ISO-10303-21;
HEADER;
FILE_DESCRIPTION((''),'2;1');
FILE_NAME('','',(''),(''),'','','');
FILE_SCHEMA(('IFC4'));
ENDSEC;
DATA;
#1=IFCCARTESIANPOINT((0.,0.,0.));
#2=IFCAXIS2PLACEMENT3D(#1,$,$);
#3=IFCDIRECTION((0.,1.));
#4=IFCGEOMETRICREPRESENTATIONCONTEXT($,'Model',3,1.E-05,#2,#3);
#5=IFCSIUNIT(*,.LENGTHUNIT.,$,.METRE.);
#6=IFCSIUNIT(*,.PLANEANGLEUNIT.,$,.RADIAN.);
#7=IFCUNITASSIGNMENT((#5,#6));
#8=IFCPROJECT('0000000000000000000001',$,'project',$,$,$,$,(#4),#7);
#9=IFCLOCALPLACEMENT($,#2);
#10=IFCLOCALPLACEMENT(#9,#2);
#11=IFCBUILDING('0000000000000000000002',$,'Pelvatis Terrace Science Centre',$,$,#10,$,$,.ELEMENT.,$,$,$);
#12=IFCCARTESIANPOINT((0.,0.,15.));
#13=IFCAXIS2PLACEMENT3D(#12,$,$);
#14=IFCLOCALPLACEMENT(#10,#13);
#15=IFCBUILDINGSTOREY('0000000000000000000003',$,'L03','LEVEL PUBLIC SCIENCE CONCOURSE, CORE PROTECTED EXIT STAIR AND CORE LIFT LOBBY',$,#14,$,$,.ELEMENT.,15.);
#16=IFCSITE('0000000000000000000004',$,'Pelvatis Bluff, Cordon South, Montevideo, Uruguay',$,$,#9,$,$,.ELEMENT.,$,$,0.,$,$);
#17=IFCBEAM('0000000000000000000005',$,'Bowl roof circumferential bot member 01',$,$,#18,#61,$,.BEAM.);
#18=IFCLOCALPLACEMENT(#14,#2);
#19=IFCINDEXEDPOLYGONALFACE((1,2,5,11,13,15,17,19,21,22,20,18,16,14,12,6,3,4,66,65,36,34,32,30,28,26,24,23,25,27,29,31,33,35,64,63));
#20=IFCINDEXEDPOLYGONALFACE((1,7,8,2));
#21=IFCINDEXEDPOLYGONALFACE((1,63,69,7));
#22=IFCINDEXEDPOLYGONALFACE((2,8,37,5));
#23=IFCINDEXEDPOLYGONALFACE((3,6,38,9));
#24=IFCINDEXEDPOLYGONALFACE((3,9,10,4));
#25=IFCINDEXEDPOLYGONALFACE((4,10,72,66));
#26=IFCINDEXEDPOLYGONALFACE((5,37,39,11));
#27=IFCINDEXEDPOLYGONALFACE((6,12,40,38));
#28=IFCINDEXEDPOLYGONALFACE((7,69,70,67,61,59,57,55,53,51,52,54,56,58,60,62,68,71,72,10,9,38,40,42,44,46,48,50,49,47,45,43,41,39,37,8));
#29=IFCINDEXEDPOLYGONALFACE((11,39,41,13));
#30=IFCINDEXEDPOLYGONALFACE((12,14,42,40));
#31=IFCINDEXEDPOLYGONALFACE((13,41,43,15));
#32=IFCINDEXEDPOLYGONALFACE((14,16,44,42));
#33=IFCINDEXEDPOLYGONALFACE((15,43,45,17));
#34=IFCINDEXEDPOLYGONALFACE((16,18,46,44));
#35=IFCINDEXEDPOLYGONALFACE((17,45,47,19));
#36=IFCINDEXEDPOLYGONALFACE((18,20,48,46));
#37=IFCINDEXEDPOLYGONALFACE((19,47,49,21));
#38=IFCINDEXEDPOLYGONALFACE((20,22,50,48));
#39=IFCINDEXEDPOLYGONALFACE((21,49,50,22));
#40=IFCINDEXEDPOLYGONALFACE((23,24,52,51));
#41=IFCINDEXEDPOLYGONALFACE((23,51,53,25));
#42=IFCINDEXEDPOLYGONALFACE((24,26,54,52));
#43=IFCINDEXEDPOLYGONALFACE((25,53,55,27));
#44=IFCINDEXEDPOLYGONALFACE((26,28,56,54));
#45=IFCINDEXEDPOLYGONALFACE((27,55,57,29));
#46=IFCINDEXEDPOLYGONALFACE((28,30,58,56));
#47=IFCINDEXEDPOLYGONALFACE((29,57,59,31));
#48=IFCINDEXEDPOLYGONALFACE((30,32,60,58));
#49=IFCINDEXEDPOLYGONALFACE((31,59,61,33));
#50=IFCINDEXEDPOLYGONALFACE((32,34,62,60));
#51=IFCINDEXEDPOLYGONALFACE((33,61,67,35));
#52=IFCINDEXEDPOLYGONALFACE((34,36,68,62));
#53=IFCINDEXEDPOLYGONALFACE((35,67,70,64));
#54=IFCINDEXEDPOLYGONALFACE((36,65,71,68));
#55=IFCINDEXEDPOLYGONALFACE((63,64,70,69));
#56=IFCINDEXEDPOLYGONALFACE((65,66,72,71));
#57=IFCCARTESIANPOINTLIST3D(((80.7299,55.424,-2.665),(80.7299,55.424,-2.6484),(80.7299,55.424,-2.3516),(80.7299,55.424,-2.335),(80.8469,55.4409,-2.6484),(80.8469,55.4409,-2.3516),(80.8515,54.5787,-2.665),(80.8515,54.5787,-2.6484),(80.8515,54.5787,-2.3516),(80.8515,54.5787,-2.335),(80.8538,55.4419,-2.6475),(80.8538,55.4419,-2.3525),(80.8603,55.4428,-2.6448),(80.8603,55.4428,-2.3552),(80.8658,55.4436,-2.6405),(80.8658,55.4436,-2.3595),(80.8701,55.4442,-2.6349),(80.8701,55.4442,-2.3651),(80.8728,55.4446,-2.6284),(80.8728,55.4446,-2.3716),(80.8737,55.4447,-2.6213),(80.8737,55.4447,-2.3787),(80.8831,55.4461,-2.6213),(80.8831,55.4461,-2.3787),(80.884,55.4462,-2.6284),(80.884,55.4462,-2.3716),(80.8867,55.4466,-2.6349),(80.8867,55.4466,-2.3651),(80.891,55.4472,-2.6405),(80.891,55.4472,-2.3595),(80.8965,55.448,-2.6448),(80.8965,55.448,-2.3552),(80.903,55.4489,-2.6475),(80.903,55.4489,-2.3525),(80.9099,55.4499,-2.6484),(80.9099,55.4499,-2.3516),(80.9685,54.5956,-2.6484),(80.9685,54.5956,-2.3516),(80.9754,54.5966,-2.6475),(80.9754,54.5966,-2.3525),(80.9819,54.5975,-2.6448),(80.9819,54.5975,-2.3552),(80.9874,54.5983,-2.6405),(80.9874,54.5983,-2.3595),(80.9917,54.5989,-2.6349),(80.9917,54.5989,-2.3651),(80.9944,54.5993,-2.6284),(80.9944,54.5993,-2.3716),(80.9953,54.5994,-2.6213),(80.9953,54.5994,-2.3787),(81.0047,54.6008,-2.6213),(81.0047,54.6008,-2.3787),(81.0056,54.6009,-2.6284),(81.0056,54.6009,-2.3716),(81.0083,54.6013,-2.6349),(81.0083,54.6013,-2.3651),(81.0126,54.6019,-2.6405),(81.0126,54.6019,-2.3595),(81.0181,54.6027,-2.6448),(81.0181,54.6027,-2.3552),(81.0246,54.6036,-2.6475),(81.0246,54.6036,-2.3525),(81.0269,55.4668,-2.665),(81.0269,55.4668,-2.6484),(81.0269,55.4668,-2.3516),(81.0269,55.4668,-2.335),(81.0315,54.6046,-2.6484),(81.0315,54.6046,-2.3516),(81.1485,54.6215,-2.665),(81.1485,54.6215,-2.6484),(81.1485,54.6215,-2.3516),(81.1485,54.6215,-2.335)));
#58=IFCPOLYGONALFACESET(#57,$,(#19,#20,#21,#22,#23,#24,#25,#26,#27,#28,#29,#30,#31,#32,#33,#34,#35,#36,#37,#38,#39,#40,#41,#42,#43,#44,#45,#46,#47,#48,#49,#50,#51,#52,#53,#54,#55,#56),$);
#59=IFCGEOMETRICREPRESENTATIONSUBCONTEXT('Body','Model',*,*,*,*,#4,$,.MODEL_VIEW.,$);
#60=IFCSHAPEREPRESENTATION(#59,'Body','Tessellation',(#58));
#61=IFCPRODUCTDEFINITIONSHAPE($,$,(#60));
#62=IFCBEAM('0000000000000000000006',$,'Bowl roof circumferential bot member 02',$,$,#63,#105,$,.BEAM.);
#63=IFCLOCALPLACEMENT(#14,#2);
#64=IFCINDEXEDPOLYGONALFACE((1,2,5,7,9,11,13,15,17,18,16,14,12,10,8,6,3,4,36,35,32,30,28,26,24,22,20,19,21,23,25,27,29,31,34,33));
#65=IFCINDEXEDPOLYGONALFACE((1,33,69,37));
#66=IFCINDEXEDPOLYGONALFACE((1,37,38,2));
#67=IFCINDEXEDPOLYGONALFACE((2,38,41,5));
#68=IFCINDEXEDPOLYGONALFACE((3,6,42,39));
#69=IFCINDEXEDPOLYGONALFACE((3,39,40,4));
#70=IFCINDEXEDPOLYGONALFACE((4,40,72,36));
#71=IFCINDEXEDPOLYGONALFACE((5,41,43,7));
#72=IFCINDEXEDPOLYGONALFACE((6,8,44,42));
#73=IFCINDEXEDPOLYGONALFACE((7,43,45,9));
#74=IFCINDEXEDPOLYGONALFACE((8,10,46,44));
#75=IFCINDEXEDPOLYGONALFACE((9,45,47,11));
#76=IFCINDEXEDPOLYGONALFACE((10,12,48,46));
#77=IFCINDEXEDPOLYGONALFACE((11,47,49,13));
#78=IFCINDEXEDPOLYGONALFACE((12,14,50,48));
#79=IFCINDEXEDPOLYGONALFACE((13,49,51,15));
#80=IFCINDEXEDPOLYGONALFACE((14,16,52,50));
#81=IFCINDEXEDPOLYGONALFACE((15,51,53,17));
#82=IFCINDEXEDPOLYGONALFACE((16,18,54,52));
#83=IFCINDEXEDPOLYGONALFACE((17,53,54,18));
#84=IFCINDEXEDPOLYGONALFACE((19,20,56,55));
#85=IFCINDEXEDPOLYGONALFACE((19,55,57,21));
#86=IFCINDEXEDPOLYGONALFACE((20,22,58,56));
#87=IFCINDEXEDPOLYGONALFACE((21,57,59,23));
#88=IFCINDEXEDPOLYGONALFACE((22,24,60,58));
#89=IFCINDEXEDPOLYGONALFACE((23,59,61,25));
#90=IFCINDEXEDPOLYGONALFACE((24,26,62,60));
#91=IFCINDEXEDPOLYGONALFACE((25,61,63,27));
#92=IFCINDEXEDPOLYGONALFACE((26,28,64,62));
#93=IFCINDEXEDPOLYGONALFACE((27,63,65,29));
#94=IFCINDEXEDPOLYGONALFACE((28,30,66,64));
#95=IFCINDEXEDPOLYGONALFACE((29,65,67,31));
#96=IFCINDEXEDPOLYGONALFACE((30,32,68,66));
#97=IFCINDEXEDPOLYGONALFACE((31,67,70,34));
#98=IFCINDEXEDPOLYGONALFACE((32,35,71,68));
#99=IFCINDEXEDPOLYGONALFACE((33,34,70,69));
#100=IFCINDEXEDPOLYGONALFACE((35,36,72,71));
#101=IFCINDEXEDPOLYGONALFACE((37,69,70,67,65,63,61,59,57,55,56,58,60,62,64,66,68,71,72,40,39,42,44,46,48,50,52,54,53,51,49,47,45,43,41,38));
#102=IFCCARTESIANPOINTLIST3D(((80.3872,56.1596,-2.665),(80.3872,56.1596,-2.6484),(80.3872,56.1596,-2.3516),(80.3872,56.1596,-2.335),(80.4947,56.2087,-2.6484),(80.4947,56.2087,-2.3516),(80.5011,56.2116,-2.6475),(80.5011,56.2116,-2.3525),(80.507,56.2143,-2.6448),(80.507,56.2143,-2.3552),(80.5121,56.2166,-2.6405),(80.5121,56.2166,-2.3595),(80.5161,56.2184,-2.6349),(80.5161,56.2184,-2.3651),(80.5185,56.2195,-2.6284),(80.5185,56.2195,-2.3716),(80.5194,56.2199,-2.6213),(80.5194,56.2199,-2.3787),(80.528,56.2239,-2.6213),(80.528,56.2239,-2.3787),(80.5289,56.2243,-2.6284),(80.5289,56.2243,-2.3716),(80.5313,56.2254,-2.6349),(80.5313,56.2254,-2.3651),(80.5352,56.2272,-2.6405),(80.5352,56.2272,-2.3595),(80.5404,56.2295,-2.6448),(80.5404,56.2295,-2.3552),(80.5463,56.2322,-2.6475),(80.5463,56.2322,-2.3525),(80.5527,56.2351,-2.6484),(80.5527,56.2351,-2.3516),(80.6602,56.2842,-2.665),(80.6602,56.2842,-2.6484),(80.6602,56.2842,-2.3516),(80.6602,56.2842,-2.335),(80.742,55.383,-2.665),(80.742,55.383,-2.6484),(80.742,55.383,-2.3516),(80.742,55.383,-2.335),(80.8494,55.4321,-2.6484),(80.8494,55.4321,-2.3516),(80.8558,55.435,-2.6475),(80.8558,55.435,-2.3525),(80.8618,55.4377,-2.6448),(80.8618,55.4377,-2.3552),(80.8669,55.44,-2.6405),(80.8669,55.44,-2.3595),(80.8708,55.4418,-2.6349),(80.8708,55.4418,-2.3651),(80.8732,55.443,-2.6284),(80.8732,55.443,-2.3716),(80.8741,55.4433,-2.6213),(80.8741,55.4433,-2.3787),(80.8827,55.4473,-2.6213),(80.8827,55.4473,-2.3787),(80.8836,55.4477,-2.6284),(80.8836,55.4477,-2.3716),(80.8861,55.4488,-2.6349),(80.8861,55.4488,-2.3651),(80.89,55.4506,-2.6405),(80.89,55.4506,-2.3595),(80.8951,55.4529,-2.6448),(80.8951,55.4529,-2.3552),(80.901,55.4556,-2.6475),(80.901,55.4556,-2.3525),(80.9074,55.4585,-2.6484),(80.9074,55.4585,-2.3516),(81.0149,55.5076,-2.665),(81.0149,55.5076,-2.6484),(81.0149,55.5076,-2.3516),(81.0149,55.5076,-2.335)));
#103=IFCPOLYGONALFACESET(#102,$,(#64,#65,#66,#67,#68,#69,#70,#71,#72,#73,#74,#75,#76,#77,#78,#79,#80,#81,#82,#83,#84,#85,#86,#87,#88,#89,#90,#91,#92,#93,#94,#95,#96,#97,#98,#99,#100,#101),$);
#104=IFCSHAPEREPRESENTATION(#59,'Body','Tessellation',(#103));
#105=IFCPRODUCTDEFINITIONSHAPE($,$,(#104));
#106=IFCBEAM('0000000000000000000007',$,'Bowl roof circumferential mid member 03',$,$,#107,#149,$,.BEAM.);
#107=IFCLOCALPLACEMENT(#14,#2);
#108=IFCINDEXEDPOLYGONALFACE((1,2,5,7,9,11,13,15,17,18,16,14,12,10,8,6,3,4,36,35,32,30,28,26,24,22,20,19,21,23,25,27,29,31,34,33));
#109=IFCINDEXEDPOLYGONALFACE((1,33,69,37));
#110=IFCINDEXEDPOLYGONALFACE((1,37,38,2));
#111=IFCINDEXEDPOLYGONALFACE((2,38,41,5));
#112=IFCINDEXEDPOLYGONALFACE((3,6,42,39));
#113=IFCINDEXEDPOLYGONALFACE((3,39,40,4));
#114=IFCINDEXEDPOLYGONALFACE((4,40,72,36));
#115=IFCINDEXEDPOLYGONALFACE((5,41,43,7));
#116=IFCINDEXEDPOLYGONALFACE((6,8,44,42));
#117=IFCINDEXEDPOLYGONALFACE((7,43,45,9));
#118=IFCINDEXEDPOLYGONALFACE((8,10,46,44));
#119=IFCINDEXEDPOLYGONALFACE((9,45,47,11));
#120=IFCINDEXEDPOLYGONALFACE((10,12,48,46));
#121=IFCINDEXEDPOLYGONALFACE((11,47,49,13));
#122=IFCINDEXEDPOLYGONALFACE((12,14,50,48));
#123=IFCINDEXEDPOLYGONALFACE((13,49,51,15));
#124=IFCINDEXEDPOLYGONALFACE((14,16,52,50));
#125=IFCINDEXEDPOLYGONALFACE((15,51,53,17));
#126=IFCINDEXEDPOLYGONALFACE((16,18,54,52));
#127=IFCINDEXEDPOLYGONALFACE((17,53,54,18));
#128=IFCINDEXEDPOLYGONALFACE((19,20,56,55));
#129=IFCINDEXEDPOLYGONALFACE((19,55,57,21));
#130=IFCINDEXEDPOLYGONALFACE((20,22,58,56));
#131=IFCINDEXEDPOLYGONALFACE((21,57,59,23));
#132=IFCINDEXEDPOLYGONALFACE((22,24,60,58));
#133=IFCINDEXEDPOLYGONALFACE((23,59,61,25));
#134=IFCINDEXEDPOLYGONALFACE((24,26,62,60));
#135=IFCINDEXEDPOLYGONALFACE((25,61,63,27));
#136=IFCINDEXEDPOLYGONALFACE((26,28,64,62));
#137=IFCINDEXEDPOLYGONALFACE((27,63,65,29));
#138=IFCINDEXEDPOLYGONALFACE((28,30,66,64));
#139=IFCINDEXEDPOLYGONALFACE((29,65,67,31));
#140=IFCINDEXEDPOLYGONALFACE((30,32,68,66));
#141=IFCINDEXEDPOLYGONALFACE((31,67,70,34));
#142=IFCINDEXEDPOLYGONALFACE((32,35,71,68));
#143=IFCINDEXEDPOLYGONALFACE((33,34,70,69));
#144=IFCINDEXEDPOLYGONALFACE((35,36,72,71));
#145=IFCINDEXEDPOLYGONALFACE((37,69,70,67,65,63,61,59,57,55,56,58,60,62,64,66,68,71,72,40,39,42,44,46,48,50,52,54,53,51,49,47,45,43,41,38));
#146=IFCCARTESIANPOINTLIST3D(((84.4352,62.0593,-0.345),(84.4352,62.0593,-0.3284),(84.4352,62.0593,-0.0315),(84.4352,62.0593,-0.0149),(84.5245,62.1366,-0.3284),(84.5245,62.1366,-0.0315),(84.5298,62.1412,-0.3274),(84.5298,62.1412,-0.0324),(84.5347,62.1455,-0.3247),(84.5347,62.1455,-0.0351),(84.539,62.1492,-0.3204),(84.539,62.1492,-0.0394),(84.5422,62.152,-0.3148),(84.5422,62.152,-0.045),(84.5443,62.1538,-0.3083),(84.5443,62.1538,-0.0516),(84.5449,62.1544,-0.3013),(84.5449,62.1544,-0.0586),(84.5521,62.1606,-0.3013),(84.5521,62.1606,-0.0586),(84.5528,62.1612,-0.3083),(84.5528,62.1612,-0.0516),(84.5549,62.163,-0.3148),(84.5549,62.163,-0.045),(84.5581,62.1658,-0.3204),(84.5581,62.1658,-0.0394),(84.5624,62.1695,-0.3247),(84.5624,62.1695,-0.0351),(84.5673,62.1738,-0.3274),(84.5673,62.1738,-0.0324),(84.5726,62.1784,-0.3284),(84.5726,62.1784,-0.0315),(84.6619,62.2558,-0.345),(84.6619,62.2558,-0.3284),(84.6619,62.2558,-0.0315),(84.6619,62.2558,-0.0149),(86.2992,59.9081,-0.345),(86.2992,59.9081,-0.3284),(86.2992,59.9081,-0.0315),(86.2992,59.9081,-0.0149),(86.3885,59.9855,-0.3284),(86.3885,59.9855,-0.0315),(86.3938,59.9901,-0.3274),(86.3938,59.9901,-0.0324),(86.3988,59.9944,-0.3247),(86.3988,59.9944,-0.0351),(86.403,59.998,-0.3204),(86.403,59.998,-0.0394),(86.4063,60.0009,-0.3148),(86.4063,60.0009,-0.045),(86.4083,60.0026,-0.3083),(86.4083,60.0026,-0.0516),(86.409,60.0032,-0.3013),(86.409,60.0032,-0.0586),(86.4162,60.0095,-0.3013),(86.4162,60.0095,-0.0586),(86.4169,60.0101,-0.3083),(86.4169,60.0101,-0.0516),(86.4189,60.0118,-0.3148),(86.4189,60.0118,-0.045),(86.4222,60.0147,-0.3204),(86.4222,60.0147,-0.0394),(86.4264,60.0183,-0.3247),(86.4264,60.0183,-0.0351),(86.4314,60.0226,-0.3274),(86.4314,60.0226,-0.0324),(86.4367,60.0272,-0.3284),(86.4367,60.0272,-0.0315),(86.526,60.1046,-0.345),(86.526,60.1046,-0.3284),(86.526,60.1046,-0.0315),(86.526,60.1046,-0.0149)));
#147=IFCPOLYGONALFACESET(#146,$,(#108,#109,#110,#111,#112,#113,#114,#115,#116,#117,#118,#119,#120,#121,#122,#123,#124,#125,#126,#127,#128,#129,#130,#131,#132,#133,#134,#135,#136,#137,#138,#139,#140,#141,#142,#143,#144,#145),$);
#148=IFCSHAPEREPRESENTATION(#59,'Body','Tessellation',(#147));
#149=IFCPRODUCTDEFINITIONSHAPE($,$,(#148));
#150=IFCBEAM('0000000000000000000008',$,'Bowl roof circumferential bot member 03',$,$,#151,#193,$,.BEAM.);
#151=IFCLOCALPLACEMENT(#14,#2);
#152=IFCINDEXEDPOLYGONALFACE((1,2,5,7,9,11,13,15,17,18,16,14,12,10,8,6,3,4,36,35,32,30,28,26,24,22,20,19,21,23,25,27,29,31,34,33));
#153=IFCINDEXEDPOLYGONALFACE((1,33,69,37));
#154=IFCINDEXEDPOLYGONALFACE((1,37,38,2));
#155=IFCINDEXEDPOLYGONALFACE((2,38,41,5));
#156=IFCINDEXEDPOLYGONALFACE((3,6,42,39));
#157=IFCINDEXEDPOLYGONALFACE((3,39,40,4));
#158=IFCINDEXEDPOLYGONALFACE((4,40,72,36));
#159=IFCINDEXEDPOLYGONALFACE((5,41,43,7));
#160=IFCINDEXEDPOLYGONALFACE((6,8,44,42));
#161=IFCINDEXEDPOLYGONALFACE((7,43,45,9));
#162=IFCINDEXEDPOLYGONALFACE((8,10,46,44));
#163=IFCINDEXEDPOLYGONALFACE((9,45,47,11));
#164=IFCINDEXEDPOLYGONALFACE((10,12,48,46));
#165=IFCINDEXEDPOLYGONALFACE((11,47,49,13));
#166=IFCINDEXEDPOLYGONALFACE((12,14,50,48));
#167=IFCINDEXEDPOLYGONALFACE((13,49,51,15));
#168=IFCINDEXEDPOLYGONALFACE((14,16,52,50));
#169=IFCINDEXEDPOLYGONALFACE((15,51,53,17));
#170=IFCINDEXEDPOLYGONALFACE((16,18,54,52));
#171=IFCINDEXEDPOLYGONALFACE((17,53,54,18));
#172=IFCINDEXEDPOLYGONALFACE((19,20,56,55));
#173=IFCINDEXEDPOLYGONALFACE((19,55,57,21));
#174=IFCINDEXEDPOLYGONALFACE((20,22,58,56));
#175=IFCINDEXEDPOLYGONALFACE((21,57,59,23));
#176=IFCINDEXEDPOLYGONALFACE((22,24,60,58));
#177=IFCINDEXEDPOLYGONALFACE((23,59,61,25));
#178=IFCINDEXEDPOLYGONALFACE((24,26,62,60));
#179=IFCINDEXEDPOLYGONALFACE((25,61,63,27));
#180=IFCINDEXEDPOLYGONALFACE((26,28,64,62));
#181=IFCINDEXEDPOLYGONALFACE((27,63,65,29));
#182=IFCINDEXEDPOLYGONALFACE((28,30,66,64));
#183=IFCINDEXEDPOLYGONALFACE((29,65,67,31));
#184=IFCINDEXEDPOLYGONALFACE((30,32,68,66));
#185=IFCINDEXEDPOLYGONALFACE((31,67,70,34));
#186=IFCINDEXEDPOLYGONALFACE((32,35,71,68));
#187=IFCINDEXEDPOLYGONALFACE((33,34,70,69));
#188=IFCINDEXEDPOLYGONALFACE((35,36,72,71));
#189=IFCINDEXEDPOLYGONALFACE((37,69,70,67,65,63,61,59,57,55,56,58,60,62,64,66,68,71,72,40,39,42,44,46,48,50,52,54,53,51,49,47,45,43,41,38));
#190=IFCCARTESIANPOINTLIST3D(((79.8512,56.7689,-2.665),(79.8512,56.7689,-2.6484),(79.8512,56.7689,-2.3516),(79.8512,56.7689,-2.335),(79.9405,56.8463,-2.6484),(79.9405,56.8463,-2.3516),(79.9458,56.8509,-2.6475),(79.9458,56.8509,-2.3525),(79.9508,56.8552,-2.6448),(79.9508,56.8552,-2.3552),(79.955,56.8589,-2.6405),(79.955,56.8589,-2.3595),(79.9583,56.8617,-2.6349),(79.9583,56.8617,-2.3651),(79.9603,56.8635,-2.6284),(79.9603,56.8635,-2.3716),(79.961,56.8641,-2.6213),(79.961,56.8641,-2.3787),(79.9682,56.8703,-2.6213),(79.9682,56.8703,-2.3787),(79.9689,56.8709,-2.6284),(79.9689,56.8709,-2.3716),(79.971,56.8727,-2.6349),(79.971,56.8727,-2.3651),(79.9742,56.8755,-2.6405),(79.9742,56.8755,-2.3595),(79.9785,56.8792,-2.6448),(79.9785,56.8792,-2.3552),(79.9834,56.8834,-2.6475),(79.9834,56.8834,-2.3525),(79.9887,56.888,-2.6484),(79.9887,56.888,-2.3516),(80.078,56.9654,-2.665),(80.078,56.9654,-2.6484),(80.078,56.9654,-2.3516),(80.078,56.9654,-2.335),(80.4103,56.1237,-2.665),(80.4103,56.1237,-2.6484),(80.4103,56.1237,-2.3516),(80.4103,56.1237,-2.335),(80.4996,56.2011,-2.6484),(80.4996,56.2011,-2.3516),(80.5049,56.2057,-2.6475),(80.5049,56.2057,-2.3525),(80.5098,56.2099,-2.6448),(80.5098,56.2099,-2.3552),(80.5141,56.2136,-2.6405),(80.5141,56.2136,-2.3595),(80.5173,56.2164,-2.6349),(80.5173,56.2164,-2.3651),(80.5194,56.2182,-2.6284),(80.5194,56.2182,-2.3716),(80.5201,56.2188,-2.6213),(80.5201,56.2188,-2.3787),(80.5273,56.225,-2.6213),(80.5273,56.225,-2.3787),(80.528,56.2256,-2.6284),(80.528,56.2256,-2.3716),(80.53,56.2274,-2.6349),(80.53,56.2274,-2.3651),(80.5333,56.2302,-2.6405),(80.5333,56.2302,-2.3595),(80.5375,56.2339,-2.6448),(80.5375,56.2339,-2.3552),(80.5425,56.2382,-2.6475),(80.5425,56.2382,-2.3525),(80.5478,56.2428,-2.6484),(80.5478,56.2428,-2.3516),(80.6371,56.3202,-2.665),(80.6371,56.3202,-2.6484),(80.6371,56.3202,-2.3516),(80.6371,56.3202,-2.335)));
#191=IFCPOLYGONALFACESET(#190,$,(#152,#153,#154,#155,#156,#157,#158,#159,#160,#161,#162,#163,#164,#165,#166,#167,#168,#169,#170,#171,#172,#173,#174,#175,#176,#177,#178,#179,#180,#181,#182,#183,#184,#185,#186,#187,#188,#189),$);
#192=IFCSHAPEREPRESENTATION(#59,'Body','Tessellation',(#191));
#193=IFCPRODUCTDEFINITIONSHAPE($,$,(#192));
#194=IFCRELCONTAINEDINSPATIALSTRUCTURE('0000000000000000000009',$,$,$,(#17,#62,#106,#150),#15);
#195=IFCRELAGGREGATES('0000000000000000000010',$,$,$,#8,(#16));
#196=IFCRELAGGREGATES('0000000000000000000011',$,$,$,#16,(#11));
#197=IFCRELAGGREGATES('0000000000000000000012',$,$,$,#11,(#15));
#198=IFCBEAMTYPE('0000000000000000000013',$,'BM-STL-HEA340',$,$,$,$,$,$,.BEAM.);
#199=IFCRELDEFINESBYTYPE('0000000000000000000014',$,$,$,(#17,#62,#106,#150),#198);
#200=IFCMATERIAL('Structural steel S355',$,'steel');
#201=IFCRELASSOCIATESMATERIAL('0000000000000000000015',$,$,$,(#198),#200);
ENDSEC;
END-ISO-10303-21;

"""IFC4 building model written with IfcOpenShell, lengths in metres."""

from ifc_helpers import new_model, si_unit, direction, frame, origin, origin_2d, place, context, subcontext, project, spatial, i_section, extrude, material, material_profile, profile_set, type_object, element, save


model = new_model("IFC4")

# Units and contexts
model_context = context("Model", 3, precision=1e-05, world=origin(), true_north=direction((0.0, 1.0)))
body_context = subcontext(model_context, "Body", "Model", "MODEL_VIEW")
ifc_project = project(units=[si_unit("LENGTHUNIT", "METRE"), si_unit("PLANEANGLEUNIT", "RADIAN")], contexts=[model_context])

# Site, building, storey
site_placement = place(None, origin())
site = spatial("IfcSite", under=ifc_project, at=site_placement, Name="Pelvatis Bluff, Cordon South, Montevideo, Uruguay", CompositionType="ELEMENT", RefElevation=0.0)
building_placement = place(site_placement, origin())
building = spatial("IfcBuilding", under=site, at=building_placement, Name="Pelvatis Terrace Science Centre", CompositionType="ELEMENT")
storey_placement = place(building_placement, frame((0.0, 0.0, 15.0)))
storey = spatial("IfcBuildingStorey", under=building, at=storey_placement, Name="L03", Description="LEVEL PUBLIC SCIENCE CONCOURSE, CORE PROTECTED EXIT STAIR AND CORE LIFT LOBBY", CompositionType="ELEMENT", Elevation=15.0)

# Beams
ifc_material_1 = material(Name="Structural steel S355", Category="steel")
ifc_material_profile_1 = material_profile(ifc_material_1, i_section(OverallWidth=0.3, OverallDepth=0.3301, WebThickness=0.0095, FlangeThickness=0.0166, FilletRadius=0.0271, at=origin_2d()), Name="HEA 340")
ifc_profile_set_1 = profile_set([ifc_material_profile_1], Name="Structural steel S355")
beam_type_1 = type_object("IfcBeamType", Name="BM-STL-HEA340", PredefinedType="BEAM", material=ifc_profile_set_1)
beam_1_placement = place(storey_placement, frame((81.0, 54.6001, -2.5), z_axis=(-0.142382, 0.989812, 0.0), x_axis=(-0.989812, -0.142382, 0.0)))
element("IfcBeam", 1, at=beam_1_placement, inside=storey, type_object=beam_type_1, Name="Bowl roof circumferential bot member 01", PredefinedType="BEAM", context=body_context, shape_type="SweptSolid", body=[
    extrude(i_section(OverallWidth=0.3, OverallDepth=0.3301, WebThickness=0.0095, FlangeThickness=0.0166, FilletRadius=0.0271, at=origin_2d()), origin(), (0.0, 0.0, 1.0), 0.854),
])
beam_2_placement = place(storey_placement, frame((80.8784, 55.4453, -2.5), z_axis=(-0.415483, 0.909601, 0.0), x_axis=(-0.909601, -0.415483, 0.0)))
element("IfcBeam", 2, at=beam_2_placement, inside=storey, type_object=beam_type_1, Name="Bowl roof circumferential bot member 02", PredefinedType="BEAM", context=body_context, shape_type="SweptSolid", body=[
    extrude(i_section(OverallWidth=0.3, OverallDepth=0.3301, WebThickness=0.0095, FlangeThickness=0.0166, FilletRadius=0.0271, at=origin_2d()), origin(), (0.0, 0.0, 1.0), 0.8538),
])
beam_3_placement = place(storey_placement, frame((86.4126, 60.0063, -0.1799), z_axis=(-0.654872, 0.75574, 0.0), x_axis=(-0.75574, -0.654872, 0.0)))
element("IfcBeam", 3, at=beam_3_placement, inside=storey, type_object=beam_type_1, Name="Bowl roof circumferential mid member 03", PredefinedType="BEAM", context=body_context, shape_type="SweptSolid", body=[
    extrude(i_section(OverallWidth=0.3, OverallDepth=0.3301, WebThickness=0.0095, FlangeThickness=0.0166, FilletRadius=0.0271, at=origin_2d()), origin(), (0.0, 0.0, 1.0), 2.8464),
])
beam_4_placement = place(storey_placement, frame((80.5237, 56.2219, -2.5), z_axis=(-0.654833, 0.755774, 0.0), x_axis=(-0.755774, -0.654833, 0.0)))
element("IfcBeam", 4, at=beam_4_placement, inside=storey, type_object=beam_type_1, Name="Bowl roof circumferential bot member 03", PredefinedType="BEAM", context=body_context, shape_type="SweptSolid", body=[
    extrude(i_section(OverallWidth=0.3, OverallDepth=0.3301, WebThickness=0.0095, FlangeThickness=0.0166, FilletRadius=0.0271, at=origin_2d()), origin(), (0.0, 0.0, 1.0), 0.8538),
])

save(model, "model.ifc")
